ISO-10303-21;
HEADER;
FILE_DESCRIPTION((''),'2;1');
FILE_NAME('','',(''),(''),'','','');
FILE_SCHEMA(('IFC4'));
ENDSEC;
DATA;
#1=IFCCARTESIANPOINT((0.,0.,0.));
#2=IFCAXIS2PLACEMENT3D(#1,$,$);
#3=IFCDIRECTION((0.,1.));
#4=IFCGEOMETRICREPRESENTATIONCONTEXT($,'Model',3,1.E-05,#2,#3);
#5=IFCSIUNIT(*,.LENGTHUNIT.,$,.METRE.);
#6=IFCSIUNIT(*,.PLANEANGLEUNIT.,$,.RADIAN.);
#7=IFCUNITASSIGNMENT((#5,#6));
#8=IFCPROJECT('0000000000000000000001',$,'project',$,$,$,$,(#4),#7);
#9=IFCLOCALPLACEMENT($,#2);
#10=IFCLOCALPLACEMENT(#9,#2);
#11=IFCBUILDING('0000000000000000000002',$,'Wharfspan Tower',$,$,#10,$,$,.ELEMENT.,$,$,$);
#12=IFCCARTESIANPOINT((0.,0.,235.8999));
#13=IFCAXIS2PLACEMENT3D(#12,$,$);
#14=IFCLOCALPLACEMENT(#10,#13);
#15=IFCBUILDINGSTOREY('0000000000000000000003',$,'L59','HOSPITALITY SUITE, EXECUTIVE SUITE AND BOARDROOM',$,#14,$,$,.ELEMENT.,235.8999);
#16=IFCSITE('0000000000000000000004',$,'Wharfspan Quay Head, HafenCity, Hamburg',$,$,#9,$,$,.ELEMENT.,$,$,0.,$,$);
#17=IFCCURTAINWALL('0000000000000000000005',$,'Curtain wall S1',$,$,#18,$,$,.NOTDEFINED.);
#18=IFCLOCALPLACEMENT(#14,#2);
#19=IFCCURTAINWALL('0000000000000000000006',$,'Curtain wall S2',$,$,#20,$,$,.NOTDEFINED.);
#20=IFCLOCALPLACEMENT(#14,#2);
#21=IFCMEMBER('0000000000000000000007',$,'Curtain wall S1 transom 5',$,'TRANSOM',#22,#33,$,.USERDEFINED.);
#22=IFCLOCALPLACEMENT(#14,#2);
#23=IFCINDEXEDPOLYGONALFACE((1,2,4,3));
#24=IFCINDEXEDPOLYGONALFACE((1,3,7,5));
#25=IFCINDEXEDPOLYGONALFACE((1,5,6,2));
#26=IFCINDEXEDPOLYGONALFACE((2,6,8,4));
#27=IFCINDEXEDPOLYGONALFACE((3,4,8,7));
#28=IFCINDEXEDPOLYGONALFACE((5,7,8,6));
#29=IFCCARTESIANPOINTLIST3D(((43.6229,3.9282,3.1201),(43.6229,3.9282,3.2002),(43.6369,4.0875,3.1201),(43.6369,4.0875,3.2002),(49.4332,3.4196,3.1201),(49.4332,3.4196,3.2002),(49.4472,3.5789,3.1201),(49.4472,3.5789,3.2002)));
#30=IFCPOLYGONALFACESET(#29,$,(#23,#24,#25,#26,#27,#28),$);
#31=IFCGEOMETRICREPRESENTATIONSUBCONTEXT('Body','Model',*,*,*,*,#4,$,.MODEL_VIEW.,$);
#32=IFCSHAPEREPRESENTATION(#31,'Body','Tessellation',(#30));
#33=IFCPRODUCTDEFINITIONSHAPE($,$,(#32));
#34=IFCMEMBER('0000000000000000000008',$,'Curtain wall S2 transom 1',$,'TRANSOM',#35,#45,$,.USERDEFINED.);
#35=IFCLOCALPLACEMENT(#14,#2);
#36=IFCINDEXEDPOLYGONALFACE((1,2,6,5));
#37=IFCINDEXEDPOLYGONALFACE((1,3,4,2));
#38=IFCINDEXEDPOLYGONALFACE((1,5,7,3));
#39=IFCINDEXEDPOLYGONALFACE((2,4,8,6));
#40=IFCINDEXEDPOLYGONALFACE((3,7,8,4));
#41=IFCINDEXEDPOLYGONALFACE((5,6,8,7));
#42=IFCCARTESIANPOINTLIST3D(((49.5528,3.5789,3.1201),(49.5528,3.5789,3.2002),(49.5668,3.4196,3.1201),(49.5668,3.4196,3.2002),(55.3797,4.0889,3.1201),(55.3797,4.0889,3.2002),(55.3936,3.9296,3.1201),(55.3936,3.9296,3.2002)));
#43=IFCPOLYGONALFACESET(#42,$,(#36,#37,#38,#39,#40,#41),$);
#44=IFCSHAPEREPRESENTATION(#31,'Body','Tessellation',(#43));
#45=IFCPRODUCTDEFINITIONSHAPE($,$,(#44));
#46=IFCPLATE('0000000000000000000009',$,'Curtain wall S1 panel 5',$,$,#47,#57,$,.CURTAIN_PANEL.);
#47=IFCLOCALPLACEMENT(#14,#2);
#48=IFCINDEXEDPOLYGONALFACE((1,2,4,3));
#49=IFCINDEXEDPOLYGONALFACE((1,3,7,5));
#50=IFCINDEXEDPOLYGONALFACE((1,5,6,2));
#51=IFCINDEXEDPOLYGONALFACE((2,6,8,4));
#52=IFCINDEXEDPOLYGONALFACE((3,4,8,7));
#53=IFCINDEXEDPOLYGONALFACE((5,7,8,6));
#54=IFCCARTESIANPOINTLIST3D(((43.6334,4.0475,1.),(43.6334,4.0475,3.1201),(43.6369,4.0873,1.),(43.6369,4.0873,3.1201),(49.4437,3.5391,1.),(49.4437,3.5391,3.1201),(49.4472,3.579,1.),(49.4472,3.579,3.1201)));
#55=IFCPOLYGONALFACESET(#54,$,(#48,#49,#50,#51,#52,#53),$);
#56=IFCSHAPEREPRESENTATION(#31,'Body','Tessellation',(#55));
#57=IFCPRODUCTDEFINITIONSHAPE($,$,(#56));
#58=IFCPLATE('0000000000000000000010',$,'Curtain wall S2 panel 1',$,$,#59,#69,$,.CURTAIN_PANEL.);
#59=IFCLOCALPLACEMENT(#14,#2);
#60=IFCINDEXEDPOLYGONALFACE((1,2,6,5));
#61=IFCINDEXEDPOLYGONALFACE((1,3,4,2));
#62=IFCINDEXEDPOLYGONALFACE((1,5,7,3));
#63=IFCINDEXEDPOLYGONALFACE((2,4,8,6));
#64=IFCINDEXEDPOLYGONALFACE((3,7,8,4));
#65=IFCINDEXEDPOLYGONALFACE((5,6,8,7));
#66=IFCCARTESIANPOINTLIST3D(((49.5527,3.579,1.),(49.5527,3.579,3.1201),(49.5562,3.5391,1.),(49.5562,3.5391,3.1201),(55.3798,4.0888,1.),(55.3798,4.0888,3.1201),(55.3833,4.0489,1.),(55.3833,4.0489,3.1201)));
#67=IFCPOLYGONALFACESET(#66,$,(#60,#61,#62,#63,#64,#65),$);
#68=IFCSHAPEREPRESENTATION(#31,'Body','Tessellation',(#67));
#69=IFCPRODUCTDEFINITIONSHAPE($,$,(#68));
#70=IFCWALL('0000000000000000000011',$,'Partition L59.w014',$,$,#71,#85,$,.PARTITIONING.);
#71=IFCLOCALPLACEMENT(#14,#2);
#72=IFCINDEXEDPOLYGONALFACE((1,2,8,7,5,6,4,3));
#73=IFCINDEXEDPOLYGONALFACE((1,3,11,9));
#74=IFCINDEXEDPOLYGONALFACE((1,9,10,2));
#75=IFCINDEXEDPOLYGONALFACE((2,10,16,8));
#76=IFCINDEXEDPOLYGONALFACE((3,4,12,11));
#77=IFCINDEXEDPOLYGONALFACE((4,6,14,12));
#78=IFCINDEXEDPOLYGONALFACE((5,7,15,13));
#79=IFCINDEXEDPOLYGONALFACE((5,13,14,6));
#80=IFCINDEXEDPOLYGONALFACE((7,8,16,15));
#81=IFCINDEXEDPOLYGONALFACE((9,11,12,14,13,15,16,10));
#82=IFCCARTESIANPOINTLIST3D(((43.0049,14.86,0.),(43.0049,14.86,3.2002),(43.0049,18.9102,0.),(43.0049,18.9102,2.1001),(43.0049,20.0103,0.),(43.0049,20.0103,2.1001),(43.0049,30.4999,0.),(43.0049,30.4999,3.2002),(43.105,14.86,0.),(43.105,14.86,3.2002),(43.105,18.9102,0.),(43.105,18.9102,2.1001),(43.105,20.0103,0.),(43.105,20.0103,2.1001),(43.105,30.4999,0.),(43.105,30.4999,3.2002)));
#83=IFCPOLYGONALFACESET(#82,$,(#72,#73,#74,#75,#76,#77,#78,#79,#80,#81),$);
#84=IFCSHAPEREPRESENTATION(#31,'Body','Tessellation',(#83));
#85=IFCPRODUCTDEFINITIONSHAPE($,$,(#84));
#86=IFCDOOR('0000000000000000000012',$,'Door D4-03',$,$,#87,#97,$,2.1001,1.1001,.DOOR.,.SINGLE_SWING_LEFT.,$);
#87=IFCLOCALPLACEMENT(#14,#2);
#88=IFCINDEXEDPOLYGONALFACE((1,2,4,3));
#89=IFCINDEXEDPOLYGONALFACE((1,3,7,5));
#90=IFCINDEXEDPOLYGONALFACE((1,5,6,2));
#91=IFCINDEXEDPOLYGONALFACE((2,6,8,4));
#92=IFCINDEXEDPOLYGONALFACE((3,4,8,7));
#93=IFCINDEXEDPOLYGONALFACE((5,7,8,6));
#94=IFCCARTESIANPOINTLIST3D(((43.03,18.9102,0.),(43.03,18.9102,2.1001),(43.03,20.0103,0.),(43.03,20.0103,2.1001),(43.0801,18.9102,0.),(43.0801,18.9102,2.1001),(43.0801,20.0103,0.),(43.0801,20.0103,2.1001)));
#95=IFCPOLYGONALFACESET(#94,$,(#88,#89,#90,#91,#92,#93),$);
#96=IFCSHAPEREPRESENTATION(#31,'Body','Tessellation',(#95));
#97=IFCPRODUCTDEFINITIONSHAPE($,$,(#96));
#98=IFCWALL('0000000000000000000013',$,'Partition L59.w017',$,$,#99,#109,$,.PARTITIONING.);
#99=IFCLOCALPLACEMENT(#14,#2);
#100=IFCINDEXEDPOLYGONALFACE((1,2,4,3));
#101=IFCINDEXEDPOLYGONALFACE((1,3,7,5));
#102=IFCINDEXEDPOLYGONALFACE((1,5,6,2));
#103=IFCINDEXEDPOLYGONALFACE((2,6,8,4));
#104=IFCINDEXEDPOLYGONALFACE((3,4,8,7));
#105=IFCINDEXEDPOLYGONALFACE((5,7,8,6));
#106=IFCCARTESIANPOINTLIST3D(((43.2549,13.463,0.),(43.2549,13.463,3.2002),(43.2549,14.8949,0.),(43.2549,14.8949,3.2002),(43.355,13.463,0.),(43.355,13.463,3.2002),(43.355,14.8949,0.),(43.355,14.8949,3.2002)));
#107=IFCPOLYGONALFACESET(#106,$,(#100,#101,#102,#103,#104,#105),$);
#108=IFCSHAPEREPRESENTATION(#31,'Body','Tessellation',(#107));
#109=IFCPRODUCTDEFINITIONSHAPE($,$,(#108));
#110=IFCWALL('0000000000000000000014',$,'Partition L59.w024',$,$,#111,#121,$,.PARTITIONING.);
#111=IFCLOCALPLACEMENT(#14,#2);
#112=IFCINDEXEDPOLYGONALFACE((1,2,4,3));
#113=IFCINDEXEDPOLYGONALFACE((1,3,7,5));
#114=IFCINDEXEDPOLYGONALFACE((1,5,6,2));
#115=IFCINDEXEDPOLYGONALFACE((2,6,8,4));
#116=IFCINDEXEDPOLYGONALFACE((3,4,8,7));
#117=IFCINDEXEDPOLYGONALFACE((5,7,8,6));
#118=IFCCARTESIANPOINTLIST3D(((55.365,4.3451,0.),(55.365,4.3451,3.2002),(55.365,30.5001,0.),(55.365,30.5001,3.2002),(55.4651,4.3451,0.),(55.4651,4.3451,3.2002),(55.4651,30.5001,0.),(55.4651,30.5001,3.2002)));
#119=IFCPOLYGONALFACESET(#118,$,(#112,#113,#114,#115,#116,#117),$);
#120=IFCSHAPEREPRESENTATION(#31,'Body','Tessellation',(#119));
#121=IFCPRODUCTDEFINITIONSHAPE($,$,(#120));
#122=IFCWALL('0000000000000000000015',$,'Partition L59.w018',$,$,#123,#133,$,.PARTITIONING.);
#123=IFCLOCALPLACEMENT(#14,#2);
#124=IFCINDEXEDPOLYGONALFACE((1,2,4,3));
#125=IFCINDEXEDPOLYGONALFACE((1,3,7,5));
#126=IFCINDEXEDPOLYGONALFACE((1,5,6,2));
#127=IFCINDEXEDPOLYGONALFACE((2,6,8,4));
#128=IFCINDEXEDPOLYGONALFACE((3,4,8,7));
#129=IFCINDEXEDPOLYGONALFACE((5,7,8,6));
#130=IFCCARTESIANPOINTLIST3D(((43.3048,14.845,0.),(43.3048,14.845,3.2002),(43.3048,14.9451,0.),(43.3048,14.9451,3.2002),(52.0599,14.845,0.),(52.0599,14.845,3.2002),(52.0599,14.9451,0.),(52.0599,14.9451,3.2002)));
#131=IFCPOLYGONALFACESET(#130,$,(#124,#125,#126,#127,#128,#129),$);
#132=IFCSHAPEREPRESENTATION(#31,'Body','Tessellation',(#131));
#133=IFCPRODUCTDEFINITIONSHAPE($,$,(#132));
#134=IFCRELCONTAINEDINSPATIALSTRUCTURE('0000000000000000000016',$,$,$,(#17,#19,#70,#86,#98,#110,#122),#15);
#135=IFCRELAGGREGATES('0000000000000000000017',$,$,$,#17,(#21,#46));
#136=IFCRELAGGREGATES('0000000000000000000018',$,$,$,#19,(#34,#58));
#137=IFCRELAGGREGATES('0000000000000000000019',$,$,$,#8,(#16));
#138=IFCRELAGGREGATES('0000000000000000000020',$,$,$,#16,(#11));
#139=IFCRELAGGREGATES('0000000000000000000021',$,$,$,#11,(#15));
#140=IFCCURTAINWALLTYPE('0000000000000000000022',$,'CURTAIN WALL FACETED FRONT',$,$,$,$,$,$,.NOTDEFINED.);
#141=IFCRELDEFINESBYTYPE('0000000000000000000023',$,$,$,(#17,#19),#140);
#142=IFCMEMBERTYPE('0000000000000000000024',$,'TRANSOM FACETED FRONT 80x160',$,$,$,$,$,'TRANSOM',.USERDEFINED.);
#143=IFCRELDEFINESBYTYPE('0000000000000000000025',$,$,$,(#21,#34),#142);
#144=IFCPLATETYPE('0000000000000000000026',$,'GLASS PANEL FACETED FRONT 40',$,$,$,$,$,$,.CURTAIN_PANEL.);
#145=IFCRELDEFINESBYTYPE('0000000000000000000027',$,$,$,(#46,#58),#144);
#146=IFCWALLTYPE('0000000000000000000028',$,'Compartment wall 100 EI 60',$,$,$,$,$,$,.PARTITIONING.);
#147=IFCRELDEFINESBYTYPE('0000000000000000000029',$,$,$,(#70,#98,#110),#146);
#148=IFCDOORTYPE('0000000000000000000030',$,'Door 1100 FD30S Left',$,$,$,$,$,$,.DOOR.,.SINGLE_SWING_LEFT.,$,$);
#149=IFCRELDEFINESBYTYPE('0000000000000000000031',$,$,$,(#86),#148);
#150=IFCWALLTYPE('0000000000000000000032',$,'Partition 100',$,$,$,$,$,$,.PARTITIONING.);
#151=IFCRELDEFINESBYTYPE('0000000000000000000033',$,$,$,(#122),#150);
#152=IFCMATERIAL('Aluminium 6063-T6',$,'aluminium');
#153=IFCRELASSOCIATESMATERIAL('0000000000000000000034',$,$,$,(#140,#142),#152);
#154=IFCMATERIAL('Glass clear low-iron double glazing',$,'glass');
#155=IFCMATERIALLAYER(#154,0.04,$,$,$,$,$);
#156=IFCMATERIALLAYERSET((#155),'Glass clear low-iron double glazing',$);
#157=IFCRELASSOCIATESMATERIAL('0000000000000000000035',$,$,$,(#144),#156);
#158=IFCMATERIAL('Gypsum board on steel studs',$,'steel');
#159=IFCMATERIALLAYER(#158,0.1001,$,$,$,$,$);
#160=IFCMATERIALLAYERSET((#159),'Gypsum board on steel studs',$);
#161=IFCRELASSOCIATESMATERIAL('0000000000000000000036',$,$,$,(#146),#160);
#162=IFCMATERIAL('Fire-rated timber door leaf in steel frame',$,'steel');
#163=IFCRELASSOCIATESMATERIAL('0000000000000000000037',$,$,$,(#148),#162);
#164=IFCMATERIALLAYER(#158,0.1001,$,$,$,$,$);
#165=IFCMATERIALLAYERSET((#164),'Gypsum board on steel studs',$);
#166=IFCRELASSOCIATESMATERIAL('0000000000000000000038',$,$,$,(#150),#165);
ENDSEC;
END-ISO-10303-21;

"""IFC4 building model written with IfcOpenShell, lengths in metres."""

from ifc_helpers import new_model, si_unit, direction, frame, frame_2d, origin, origin_2d, place, context, subcontext, project, spatial, rectangle, extrude, material, layer, layer_set, material_profile, profile_set, type_object, element, fill, aggregate, save


model = new_model("IFC4")

# Units and contexts
model_context = context("Model", 3, precision=1e-05, world=origin(), true_north=direction((0.0, 1.0)))
body_context = subcontext(model_context, "Body", "Model", "MODEL_VIEW")
ifc_project = project(units=[si_unit("LENGTHUNIT", "METRE"), si_unit("PLANEANGLEUNIT", "RADIAN")], contexts=[model_context])

# Site, building, storey
site_placement = place(None, origin())
site = spatial("IfcSite", under=ifc_project, at=site_placement, Name="Wharfspan Quay Head, HafenCity, Hamburg", CompositionType="ELEMENT", RefElevation=0.0)
building_placement = place(site_placement, origin())
building = spatial("IfcBuilding", under=site, at=building_placement, Name="Wharfspan Tower", CompositionType="ELEMENT")
storey_placement = place(building_placement, frame((0.0, 0.0, 235.8999)))
storey = spatial("IfcBuildingStorey", under=building, at=storey_placement, Name="L59", Description="HOSPITALITY SUITE, EXECUTIVE SUITE AND BOARDROOM", CompositionType="ELEMENT", Elevation=235.8999)

# Curtain wall
ifc_material_1 = material(Name="Aluminium 6063-T6", Category="aluminium")
curtain_wall_type = type_object("IfcCurtainWallType", Name="CURTAIN WALL FACETED FRONT", PredefinedType="NOTDEFINED", material=ifc_material_1)
curtain_wall_1_placement = place(storey_placement, origin())
curtain_wall_1 = element("IfcCurtainWall", 1, at=curtain_wall_1_placement, inside=storey, type_object=curtain_wall_type, Name="Curtain wall S1", PredefinedType="NOTDEFINED")

# Curtain wall
curtain_wall_2_placement = place(storey_placement, origin())
curtain_wall_2 = element("IfcCurtainWall", 2, at=curtain_wall_2_placement, inside=storey, type_object=curtain_wall_type, Name="Curtain wall S2", PredefinedType="NOTDEFINED")

# Members
ifc_material_profile_1 = material_profile(ifc_material_1, rectangle(XDim=0.1599, YDim=0.0801, at=origin_2d()))
ifc_profile_set_1 = profile_set([ifc_material_profile_1], Name="Aluminium 6063-T6")
member_type_1 = type_object("IfcMemberType", Name="TRANSOM FACETED FRONT 80x160", ElementType="TRANSOM", PredefinedType="USERDEFINED", material=ifc_profile_set_1)
member_1_placement = place(storey_placement, frame((43.6299, 4.0078, 3.1602), z_axis=(0.996192, -0.087191, 0.0), x_axis=(0.087191, 0.996192, 0.0)))
member_1 = element("IfcMember", 3, at=member_1_placement, type_object=member_type_1, Name="Curtain wall S1 transom 5", ObjectType="TRANSOM", PredefinedType="USERDEFINED", context=body_context, shape_type="SweptSolid", body=[
    extrude(rectangle(XDim=0.1599, YDim=0.0801, at=origin_2d()), origin(), (0.0, 0.0, 1.0), 5.8325),
])
member_2_placement = place(storey_placement, frame((49.5598, 3.4993, 3.1602), z_axis=(0.996191, 0.087193, 0.0), x_axis=(-0.087193, 0.996191, 0.0)))
member_2 = element("IfcMember", 4, at=member_2_placement, type_object=member_type_1, Name="Curtain wall S2 transom 1", ObjectType="TRANSOM", PredefinedType="USERDEFINED", context=body_context, shape_type="SweptSolid", body=[
    extrude(rectangle(XDim=0.1599, YDim=0.0801, at=origin_2d()), origin(), (0.0, 0.0, 1.0), 5.8491),
])

# Plates
ifc_material_2 = material(Name="Glass clear low-iron double glazing", Category="glass")
ifc_layer_1 = layer(ifc_material_2, 0.04)
ifc_layer_set_1 = layer_set([ifc_layer_1], Name="Glass clear low-iron double glazing")
plate_type = type_object("IfcPlateType", Name="GLASS PANEL FACETED FRONT 40", PredefinedType="CURTAIN_PANEL", material=ifc_layer_set_1)
plate_1_placement = place(storey_placement, frame((46.5403, 3.8132, 1.0), z_axis=(0.0, 0.0, 1.0), x_axis=(0.996197, -0.087156, 0.0)))
plate_1 = element("IfcPlate", 5, at=plate_1_placement, type_object=plate_type, Name="Curtain wall S1 panel 5", PredefinedType="CURTAIN_PANEL", context=body_context, shape_type="SweptSolid", body=[
    extrude(rectangle(XDim=5.8325, YDim=0.04, at=origin_2d()), origin(), (0.0, 0.0, 1.0), 2.1201),
])
aggregate(curtain_wall_1, [member_1, plate_1])
plate_2_placement = place(storey_placement, frame((52.468, 3.814, 1.0), z_axis=(0.0, 0.0, 1.0), x_axis=(0.996197, 0.087156, 0.0)))
plate_2 = element("IfcPlate", 6, at=plate_2_placement, type_object=plate_type, Name="Curtain wall S2 panel 1", PredefinedType="CURTAIN_PANEL", context=body_context, shape_type="SweptSolid", body=[
    extrude(rectangle(XDim=5.8494, YDim=0.04, at=origin_2d()), origin(), (0.0, 0.0, 1.0), 2.1201),
])
aggregate(curtain_wall_2, [member_2, plate_2])

# Wall, opening, door
ifc_material_3 = material(Name="Gypsum board on steel studs", Category="steel")
ifc_layer_2 = layer(ifc_material_3, 0.1001)
ifc_layer_set_2 = layer_set([ifc_layer_2], Name="Gypsum board on steel studs")
wall_type_1 = type_object("IfcWallType", Name="Compartment wall 100 EI 60", PredefinedType="PARTITIONING", material=ifc_layer_set_2)
wall_1_placement = place(storey_placement, frame((43.0549, 14.8601, 0.0), z_axis=(0.0, 0.0, 1.0), x_axis=(0.0, 1.0, 0.0)))
wall_1 = element("IfcWall", 7, at=wall_1_placement, inside=storey, type_object=wall_type_1, Name="Partition L59.w014", PredefinedType="PARTITIONING", context=body_context, shape_type="SweptSolid", body=[
    extrude(rectangle(XDim=15.6399, YDim=0.1001, at=frame_2d((7.8198, 0.0))), origin(), (0.0, 0.0, 1.0), 3.2002),
])
opening_1_placement = place(wall_1_placement, frame((4.05, 0.0, 0.0)))
opening_1 = element("IfcOpeningElement", 8, at=opening_1_placement, cuts=wall_1, PredefinedType="OPENING", context=body_context, shape_type="SweptSolid", body=[
    extrude(rectangle(XDim=1.1001, YDim=2.1001, at=frame_2d((0.55, 1.05))), frame((0.0, 0.0601, 0.0), z_axis=(0.0, -1.0, 0.0), x_axis=(1.0, 0.0, 0.0)), (0.0, 0.0, 1.0), 0.1201),
])
ifc_material_4 = material(Name="Fire-rated timber door leaf in steel frame", Category="steel")
door_type_1 = type_object("IfcDoorType", Name="Door 1100 FD30S Left", OperationType="SINGLE_SWING_LEFT", PredefinedType="DOOR", material=ifc_material_4)
door_1_placement = place(opening_1_placement, origin())
door_1 = element("IfcDoor", 9, at=door_1_placement, inside=storey, type_object=door_type_1, Name="Door D4-03", OperationType="SINGLE_SWING_LEFT", OverallHeight=2.1001, OverallWidth=1.1001, PredefinedType="DOOR", context=body_context, shape_type="SweptSolid", body=[
    extrude(rectangle(XDim=1.1001, YDim=2.1001, at=frame_2d((0.55, 1.05))), frame((0.0, 0.0249, 0.0), z_axis=(0.0, -1.0, 0.0), x_axis=(1.0, 0.0, 0.0)), (0.0, 0.0, 1.0), 0.05),
])
fill(opening_1, door_1)

# Walls
wall_2_placement = place(storey_placement, frame((43.3049, 13.4631, 0.0), z_axis=(0.0, 0.0, 1.0), x_axis=(0.0, 1.0, 0.0)))
element("IfcWall", 10, at=wall_2_placement, inside=storey, type_object=wall_type_1, Name="Partition L59.w017", PredefinedType="PARTITIONING", context=body_context, shape_type="SweptSolid", body=[
    extrude(rectangle(XDim=1.4319, YDim=0.1001, at=frame_2d((0.7158, 0.0))), origin(), (0.0, 0.0, 1.0), 3.2002),
])
wall_3_placement = place(storey_placement, frame((55.415, 4.345, 0.0), z_axis=(0.0, 0.0, 1.0), x_axis=(0.0, 1.0, 0.0)))
element("IfcWall", 11, at=wall_3_placement, inside=storey, type_object=wall_type_1, Name="Partition L59.w024", PredefinedType="PARTITIONING", context=body_context, shape_type="SweptSolid", body=[
    extrude(rectangle(XDim=26.155, YDim=0.1001, at=frame_2d((13.0776, 0.0))), origin(), (0.0, 0.0, 1.0), 3.2002),
])
ifc_layer_3 = layer(ifc_material_3, 0.1001)
ifc_layer_set_3 = layer_set([ifc_layer_3], Name="Gypsum board on steel studs")
wall_type_2 = type_object("IfcWallType", Name="Partition 100", PredefinedType="PARTITIONING", material=ifc_layer_set_3)
wall_4_placement = place(storey_placement, frame((43.3049, 14.895, 0.0), z_axis=(0.0, 0.0, 1.0), x_axis=(1.0, 0.0, 0.0)))
element("IfcWall", 12, at=wall_4_placement, inside=storey, type_object=wall_type_2, Name="Partition L59.w018", PredefinedType="PARTITIONING", context=body_context, shape_type="SweptSolid", body=[
    extrude(rectangle(XDim=8.7551, YDim=0.1001, at=frame_2d((4.3774, 0.0))), origin(), (0.0, 0.0, 1.0), 3.2002),
])

save(model, "model.ifc")
